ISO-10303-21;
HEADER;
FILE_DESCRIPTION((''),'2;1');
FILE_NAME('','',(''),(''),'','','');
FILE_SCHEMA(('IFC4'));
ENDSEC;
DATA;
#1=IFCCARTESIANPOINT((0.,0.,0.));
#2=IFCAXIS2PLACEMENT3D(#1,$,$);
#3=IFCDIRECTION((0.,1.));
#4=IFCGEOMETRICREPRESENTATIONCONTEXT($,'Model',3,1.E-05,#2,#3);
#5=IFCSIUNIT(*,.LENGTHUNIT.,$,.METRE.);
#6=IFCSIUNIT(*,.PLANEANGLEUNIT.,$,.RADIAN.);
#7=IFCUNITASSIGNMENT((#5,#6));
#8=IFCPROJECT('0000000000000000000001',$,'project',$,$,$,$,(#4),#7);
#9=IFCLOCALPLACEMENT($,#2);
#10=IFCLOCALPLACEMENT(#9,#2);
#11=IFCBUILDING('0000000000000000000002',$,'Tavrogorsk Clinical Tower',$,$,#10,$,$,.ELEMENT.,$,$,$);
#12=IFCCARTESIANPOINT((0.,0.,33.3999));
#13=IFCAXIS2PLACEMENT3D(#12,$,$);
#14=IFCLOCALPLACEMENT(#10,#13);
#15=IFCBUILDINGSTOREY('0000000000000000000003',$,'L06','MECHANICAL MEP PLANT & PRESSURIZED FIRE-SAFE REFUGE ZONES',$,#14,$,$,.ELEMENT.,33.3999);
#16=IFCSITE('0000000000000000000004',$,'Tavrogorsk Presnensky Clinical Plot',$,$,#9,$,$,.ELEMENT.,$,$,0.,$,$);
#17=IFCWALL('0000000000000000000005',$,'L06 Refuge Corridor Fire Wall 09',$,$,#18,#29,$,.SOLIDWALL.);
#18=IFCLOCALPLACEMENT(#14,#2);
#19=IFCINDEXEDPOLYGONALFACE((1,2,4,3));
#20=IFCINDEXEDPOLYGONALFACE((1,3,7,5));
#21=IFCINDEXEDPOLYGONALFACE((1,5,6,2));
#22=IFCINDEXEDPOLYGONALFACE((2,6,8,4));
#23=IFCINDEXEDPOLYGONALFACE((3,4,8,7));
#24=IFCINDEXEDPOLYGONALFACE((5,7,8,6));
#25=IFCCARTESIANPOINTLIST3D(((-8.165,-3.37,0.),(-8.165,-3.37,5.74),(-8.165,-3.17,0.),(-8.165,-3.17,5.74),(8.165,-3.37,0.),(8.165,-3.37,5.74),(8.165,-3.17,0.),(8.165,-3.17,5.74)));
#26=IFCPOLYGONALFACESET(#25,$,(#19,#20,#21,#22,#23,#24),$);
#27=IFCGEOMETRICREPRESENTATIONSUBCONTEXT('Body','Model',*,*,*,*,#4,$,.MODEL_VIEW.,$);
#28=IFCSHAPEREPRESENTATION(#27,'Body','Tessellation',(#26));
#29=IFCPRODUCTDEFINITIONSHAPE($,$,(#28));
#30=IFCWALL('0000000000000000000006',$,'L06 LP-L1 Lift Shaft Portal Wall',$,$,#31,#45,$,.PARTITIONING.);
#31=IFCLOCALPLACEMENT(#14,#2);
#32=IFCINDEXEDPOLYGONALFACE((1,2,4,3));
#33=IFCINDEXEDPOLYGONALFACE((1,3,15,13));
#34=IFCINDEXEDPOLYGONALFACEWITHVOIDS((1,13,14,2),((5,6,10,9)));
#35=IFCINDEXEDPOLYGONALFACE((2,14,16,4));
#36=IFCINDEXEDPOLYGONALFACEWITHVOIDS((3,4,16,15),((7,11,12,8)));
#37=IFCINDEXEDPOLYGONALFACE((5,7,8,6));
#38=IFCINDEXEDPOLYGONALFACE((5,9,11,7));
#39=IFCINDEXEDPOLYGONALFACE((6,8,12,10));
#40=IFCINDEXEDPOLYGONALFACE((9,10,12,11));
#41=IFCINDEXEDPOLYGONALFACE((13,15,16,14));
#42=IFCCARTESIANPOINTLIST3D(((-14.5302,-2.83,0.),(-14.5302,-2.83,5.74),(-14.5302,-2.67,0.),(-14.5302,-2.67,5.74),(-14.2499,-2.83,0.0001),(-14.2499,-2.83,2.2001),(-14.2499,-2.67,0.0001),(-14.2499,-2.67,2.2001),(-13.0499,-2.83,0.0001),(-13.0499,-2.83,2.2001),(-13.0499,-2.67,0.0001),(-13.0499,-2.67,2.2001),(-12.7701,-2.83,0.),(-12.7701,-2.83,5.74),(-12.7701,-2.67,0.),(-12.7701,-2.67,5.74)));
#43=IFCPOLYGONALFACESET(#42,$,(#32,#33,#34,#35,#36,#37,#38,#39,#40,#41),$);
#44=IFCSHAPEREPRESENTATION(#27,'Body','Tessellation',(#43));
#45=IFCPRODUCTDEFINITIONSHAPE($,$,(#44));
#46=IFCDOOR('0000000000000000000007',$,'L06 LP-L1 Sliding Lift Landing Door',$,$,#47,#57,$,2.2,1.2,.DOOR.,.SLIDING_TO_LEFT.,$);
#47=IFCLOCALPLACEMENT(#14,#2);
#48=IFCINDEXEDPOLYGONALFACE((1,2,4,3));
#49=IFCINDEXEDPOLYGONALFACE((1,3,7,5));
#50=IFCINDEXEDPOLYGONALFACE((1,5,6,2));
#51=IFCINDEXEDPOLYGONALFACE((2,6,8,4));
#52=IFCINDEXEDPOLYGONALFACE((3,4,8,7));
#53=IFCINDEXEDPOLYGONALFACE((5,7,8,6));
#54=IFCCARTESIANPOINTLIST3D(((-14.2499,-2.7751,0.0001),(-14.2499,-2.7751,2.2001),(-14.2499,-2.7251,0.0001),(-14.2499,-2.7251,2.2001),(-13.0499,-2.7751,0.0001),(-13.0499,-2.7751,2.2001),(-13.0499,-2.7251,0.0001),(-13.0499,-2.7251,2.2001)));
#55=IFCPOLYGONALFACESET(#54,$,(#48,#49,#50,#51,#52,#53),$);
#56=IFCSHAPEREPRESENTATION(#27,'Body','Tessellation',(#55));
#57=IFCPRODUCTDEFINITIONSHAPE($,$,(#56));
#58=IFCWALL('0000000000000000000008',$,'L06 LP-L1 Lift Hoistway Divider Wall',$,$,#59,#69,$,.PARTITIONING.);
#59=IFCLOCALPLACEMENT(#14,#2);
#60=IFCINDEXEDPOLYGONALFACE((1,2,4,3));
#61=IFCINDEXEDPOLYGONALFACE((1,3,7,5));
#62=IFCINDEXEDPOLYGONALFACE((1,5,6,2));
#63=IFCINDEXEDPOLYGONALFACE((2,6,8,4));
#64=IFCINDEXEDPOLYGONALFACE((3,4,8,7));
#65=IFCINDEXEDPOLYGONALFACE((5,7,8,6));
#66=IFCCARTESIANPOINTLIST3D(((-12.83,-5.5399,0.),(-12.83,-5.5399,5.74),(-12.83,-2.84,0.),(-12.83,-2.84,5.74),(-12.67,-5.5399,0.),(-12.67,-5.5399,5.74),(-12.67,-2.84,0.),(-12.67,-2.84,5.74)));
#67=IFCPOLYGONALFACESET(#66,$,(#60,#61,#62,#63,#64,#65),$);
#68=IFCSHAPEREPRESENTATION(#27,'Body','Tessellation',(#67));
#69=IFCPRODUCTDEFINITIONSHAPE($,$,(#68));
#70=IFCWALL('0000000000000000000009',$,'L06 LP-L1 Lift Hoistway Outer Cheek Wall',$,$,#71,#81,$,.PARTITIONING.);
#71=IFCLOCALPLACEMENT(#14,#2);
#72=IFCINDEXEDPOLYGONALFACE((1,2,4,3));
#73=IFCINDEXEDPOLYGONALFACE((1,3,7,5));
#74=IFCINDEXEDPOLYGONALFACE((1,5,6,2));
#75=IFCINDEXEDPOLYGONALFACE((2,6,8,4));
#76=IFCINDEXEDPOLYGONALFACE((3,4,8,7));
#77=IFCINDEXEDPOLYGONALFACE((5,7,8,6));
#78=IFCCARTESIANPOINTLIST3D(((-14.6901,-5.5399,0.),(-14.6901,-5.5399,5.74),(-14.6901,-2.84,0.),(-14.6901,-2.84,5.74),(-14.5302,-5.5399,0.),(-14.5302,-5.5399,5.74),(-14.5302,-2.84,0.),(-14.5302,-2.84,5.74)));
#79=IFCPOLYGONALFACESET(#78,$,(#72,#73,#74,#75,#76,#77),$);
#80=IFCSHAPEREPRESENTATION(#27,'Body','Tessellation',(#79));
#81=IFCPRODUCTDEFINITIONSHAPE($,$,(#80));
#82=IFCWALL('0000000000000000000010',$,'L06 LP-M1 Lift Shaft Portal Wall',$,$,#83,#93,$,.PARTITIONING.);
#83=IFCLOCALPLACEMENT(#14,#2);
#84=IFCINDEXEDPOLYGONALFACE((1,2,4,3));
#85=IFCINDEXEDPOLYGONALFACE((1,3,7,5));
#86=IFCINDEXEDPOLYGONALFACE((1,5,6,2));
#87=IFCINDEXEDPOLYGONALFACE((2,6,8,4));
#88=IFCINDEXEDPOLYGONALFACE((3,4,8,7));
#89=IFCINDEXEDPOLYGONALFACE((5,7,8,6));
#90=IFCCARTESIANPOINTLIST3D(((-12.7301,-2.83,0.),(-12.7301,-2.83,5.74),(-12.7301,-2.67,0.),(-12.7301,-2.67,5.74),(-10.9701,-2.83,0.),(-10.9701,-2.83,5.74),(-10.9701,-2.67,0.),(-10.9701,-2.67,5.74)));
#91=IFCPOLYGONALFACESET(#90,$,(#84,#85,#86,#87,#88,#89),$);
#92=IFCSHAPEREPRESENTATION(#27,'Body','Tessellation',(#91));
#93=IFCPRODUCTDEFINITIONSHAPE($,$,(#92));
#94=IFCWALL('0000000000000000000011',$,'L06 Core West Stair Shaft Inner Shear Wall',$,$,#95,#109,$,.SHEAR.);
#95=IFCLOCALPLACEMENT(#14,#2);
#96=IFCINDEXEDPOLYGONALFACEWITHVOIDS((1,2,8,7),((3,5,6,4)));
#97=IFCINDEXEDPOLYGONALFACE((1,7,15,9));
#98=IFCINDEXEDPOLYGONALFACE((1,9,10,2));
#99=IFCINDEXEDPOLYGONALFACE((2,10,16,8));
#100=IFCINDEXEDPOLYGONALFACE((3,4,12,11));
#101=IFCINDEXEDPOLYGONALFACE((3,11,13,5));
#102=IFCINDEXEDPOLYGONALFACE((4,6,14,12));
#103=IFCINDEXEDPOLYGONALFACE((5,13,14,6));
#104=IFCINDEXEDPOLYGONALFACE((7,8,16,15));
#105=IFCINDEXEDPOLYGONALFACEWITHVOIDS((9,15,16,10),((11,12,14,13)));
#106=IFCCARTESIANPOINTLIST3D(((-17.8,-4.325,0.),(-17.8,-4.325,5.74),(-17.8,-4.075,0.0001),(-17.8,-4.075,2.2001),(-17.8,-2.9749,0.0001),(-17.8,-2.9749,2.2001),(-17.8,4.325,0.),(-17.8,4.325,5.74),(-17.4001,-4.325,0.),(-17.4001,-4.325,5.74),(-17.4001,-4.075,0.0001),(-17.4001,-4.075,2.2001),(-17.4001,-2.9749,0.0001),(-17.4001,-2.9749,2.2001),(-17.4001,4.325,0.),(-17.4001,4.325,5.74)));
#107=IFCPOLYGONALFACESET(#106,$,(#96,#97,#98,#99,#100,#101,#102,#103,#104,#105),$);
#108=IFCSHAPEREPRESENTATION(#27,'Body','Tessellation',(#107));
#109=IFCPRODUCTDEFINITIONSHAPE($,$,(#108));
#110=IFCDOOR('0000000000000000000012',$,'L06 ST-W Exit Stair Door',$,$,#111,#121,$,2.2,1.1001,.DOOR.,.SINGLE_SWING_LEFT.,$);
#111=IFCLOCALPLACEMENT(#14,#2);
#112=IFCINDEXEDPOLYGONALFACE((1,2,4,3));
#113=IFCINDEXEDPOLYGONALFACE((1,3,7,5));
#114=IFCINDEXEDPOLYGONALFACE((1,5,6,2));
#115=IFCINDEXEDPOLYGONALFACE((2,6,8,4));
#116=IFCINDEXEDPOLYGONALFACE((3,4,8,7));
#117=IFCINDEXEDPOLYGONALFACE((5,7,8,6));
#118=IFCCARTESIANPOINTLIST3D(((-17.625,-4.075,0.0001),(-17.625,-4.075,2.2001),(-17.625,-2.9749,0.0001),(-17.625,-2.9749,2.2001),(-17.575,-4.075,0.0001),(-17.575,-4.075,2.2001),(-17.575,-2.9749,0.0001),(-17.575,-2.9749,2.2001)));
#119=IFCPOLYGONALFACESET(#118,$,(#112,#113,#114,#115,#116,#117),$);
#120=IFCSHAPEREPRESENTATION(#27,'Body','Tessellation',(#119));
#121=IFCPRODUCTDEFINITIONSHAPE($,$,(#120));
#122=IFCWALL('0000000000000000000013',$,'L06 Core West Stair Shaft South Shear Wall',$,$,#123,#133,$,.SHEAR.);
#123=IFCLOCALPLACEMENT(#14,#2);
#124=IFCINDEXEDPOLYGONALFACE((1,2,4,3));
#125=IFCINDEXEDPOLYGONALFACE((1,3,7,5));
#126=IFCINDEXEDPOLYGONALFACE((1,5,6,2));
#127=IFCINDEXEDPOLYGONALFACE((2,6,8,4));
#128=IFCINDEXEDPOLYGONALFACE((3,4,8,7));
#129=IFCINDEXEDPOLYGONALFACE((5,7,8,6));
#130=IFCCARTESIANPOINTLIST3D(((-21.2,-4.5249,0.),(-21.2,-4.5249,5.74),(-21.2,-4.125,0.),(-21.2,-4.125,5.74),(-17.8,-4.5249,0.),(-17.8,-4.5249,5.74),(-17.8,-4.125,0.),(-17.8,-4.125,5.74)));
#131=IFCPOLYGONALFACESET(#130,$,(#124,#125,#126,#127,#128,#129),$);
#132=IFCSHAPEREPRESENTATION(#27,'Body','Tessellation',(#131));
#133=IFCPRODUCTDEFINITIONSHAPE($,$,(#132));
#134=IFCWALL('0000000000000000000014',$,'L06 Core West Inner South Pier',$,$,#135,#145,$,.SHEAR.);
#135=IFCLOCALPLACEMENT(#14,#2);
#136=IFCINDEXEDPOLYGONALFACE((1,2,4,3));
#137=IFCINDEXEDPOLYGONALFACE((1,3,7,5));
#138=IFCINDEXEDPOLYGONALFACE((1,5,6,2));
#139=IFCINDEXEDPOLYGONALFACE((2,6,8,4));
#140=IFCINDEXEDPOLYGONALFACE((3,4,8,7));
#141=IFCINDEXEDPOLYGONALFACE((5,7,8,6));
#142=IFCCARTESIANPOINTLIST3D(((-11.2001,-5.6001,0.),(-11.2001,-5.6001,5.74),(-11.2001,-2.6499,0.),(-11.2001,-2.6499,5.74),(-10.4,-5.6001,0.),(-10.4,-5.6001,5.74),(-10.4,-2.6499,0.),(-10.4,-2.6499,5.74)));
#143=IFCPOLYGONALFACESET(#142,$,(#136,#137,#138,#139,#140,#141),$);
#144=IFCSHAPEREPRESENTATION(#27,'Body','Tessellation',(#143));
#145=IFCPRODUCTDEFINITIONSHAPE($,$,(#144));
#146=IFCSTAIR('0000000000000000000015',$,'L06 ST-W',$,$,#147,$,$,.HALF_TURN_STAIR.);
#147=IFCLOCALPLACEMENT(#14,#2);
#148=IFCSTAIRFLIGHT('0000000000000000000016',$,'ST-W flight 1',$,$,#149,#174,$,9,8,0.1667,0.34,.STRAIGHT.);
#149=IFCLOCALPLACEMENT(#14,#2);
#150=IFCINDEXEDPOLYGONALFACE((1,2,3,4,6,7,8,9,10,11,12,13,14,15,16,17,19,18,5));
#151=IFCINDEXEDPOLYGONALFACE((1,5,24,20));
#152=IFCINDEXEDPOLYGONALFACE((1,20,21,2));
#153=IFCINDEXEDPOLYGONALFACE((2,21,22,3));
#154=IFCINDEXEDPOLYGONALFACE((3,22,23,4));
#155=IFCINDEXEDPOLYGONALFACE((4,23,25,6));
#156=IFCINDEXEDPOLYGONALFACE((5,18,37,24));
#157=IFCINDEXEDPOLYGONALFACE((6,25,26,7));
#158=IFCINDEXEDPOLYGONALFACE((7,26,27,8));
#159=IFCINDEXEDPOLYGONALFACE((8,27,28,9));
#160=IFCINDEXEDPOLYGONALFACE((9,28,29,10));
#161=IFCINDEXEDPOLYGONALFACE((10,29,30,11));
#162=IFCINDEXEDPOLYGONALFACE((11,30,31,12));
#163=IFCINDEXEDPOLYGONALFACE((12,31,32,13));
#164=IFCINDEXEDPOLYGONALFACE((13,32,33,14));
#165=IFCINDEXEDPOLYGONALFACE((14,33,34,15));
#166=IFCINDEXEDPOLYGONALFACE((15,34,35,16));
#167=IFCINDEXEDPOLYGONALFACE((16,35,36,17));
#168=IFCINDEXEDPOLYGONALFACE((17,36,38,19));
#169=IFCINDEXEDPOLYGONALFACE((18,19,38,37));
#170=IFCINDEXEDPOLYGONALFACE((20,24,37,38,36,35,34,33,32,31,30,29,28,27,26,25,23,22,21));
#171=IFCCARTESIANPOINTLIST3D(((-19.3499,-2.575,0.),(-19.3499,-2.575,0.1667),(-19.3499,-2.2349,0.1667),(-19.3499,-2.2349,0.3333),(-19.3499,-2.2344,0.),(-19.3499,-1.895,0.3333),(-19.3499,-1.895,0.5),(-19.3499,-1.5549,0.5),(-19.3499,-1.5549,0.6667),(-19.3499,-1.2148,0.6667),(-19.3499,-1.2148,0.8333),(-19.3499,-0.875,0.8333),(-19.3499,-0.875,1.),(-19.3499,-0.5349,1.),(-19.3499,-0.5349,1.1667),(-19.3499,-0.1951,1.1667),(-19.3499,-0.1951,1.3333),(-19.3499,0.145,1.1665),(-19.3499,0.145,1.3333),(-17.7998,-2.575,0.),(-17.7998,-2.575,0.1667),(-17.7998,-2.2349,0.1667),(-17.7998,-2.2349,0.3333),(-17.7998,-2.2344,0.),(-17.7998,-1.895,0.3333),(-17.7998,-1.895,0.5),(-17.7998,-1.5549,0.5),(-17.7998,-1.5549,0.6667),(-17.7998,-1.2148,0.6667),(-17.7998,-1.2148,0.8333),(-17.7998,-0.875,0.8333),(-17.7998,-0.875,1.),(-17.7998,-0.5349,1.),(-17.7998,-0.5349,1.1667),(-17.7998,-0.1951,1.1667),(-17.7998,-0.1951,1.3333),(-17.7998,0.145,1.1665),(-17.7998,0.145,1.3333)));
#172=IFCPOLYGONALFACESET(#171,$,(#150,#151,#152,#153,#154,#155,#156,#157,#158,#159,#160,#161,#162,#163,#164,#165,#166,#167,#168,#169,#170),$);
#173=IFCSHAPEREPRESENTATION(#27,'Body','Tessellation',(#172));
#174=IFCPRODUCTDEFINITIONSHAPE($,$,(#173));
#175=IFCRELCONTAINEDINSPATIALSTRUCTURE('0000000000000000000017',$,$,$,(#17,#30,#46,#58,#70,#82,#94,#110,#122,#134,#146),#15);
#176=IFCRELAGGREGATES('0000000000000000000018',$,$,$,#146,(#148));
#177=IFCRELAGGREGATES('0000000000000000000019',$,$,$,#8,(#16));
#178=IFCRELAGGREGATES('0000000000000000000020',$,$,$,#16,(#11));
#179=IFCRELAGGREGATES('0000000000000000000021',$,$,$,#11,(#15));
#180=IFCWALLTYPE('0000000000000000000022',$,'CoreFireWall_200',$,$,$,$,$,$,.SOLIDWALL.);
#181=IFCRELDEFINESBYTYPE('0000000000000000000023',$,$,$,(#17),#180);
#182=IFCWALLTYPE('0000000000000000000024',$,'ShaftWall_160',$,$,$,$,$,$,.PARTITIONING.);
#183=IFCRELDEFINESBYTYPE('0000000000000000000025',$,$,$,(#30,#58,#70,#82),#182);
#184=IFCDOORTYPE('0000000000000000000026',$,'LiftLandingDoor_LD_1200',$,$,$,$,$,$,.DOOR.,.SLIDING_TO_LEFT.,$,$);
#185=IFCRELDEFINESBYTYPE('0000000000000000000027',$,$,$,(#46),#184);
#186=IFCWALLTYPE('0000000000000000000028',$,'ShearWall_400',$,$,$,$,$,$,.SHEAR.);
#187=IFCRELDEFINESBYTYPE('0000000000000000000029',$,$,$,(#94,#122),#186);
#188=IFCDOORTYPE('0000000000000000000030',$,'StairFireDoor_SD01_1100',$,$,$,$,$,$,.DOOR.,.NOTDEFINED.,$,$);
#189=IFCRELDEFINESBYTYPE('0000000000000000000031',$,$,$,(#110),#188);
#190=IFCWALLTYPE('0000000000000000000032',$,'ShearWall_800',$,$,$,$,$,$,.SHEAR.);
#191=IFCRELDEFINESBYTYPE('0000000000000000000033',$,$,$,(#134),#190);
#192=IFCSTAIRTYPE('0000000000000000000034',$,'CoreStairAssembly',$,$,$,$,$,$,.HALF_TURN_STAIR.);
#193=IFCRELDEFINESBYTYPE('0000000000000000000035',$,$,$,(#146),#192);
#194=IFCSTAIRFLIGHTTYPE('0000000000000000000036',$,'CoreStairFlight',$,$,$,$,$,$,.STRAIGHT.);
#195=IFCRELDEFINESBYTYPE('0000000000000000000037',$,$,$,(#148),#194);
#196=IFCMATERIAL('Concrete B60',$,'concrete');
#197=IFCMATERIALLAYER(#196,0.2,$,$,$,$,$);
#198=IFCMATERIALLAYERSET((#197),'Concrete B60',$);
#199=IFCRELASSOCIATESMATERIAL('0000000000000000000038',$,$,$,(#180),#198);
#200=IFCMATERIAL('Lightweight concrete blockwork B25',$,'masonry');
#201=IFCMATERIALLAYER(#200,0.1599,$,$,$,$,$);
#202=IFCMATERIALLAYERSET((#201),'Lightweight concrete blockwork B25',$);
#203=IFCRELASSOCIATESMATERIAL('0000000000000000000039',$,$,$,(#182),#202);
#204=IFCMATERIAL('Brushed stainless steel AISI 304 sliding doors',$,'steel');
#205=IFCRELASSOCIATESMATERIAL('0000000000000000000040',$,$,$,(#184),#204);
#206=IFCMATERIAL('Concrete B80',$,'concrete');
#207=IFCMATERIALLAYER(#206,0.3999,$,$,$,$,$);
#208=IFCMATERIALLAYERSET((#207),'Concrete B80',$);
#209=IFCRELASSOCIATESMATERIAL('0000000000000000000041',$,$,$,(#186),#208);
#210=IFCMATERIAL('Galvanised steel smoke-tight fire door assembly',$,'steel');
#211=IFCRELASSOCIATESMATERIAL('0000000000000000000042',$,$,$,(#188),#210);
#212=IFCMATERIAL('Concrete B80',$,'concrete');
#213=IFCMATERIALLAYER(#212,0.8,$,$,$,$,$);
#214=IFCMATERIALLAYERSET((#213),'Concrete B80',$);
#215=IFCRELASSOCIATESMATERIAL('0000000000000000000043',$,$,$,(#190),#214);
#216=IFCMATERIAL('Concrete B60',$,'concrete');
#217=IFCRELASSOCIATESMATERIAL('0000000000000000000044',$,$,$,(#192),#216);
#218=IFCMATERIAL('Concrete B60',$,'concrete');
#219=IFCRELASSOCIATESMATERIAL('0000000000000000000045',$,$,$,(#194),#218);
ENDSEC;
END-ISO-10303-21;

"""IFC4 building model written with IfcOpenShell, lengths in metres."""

from ifc_helpers import new_model, si_unit, direction, frame, frame_2d, origin, place, context, subcontext, project, spatial, polyline, rectangle, outline, extrude, material, layer, layer_set, type_object, element, fill, aggregate, save


model = new_model("IFC4")

# Units and contexts
model_context = context("Model", 3, precision=1e-05, world=origin(), true_north=direction((0.0, 1.0)))
body_context = subcontext(model_context, "Body", "Model", "MODEL_VIEW")
ifc_project = project(units=[si_unit("LENGTHUNIT", "METRE"), si_unit("PLANEANGLEUNIT", "RADIAN")], contexts=[model_context])

# Site, building, storey
site_placement = place(None, origin())
site = spatial("IfcSite", under=ifc_project, at=site_placement, Name="Tavrogorsk Presnensky Clinical Plot", CompositionType="ELEMENT", RefElevation=0.0)
building_placement = place(site_placement, origin())
building = spatial("IfcBuilding", under=site, at=building_placement, Name="Tavrogorsk Clinical Tower", CompositionType="ELEMENT")
storey_placement = place(building_placement, frame((0.0, 0.0, 33.3999)))
storey = spatial("IfcBuildingStorey", under=building, at=storey_placement, Name="L06", Description="MECHANICAL MEP PLANT & PRESSURIZED FIRE-SAFE REFUGE ZONES", CompositionType="ELEMENT", Elevation=33.3999)

# Shared definitions
ifc_material_1 = material(Name="Concrete B60", Category="concrete")
ifc_layer_1 = layer(ifc_material_1, 0.2)
ifc_layer_set_1 = layer_set([ifc_layer_1], Name="Concrete B60")
wall_type_1 = type_object("IfcWallType", Name="CoreFireWall_200", PredefinedType="SOLIDWALL", material=ifc_layer_set_1)

# Wall
wall_1_placement = place(storey_placement, frame((-8.165, -3.27, 0.0), z_axis=(0.0, 0.0, 1.0), x_axis=(1.0, 0.0, 0.0)))
element("IfcWall", 1, at=wall_1_placement, inside=storey, type_object=wall_type_1, Name="L06 Refuge Corridor Fire Wall 09", PredefinedType="SOLIDWALL", context=body_context, shape_type="SweptSolid", body=[
    extrude(rectangle(XDim=16.3301, YDim=0.2, at=frame_2d((8.165, 0.0))), origin(), (0.0, 0.0, 1.0), 5.74),
])

# Wall, opening, door
ifc_material_2 = material(Name="Lightweight concrete blockwork B25", Category="masonry")
ifc_layer_2 = layer(ifc_material_2, 0.1599)
ifc_layer_set_2 = layer_set([ifc_layer_2], Name="Lightweight concrete blockwork B25")
wall_type_2 = type_object("IfcWallType", Name="ShaftWall_160", PredefinedType="PARTITIONING", material=ifc_layer_set_2)
wall_2_placement = place(storey_placement, frame((-14.53, -2.75, 0.0), z_axis=(0.0, 0.0, 1.0), x_axis=(1.0, 0.0, 0.0)))
wall_2 = element("IfcWall", 2, at=wall_2_placement, inside=storey, type_object=wall_type_2, Name="L06 LP-L1 Lift Shaft Portal Wall", PredefinedType="PARTITIONING", context=body_context, shape_type="SweptSolid", body=[
    extrude(rectangle(XDim=1.76, YDim=0.1599, at=frame_2d((0.8799, 0.0))), origin(), (0.0, 0.0, 1.0), 5.74),
])
opening_1_placement = place(wall_2_placement, frame((0.28, 0.0, 0.0)))
opening_1 = element("IfcOpeningElement", 3, at=opening_1_placement, cuts=wall_2, PredefinedType="OPENING", context=body_context, shape_type="SweptSolid", body=[
    extrude(rectangle(XDim=1.2, YDim=2.2, at=frame_2d((0.6001, 1.1001))), frame((0.0, 0.0898, 0.0), z_axis=(0.0, -1.0, 0.0), x_axis=(1.0, 0.0, 0.0)), (0.0, 0.0, 1.0), 0.1799),
])
ifc_material_3 = material(Name="Brushed stainless steel AISI 304 sliding doors", Category="steel")
door_type_1 = type_object("IfcDoorType", Name="LiftLandingDoor_LD_1200", OperationType="SLIDING_TO_LEFT", PredefinedType="DOOR", material=ifc_material_3)
door_1_placement = place(opening_1_placement, origin())
door_1 = element("IfcDoor", 4, at=door_1_placement, inside=storey, type_object=door_type_1, Name="L06 LP-L1 Sliding Lift Landing Door", OperationType="SLIDING_TO_LEFT", OverallHeight=2.2, OverallWidth=1.2, PredefinedType="DOOR", context=body_context, shape_type="SweptSolid", body=[
    extrude(rectangle(XDim=1.2, YDim=2.2, at=frame_2d((0.6001, 1.1001))), frame((0.0, 0.0249, 0.0), z_axis=(0.0, -1.0, 0.0), x_axis=(1.0, 0.0, 0.0)), (0.0, 0.0, 1.0), 0.05),
])
fill(opening_1, door_1)

# Walls
for number, where, z_axis, x_axis, name in (
    (5, (-12.75, -5.54, 0.0), (0.0, 0.0, 1.0), (0.0, 1.0, 0.0), "L06 LP-L1 Lift Hoistway Divider Wall"),
    (6, (-14.6101, -5.54, 0.0), (0.0, 0.0, 1.0), (0.0, 1.0, 0.0), "L06 LP-L1 Lift Hoistway Outer Cheek Wall"),
):
    element("IfcWall", number, at=place(storey_placement, frame(where, z_axis=z_axis, x_axis=x_axis)), inside=storey, type_object=wall_type_2, Name=name, PredefinedType="PARTITIONING", context=body_context, shape_type="SweptSolid", body=[
        extrude(rectangle(XDim=2.7, YDim=0.1599, at=frame_2d((1.3501, 0.0))), origin(), (0.0, 0.0, 1.0), 5.74),
    ])
wall_3_placement = place(storey_placement, frame((-12.73, -2.75, 0.0), z_axis=(0.0, 0.0, 1.0), x_axis=(1.0, 0.0, 0.0)))
element("IfcWall", 7, at=wall_3_placement, inside=storey, type_object=wall_type_2, Name="L06 LP-M1 Lift Shaft Portal Wall", PredefinedType="PARTITIONING", context=body_context, shape_type="SweptSolid", body=[
    extrude(rectangle(XDim=1.76, YDim=0.1599, at=frame_2d((0.8799, 0.0))), origin(), (0.0, 0.0, 1.0), 5.74),
])

# Wall, opening, door
ifc_material_4 = material(Name="Concrete B80", Category="concrete")
ifc_layer_3 = layer(ifc_material_4, 0.3999)
ifc_layer_set_3 = layer_set([ifc_layer_3], Name="Concrete B80")
wall_type_3 = type_object("IfcWallType", Name="ShearWall_400", PredefinedType="SHEAR", material=ifc_layer_set_3)
wall_4_placement = place(storey_placement, frame((-17.6001, -4.325, 0.0), z_axis=(0.0, 0.0, 1.0), x_axis=(0.0, 1.0, 0.0)))
wall_4 = element("IfcWall", 8, at=wall_4_placement, inside=storey, type_object=wall_type_3, Name="L06 Core West Stair Shaft Inner Shear Wall", PredefinedType="SHEAR", context=body_context, shape_type="SweptSolid", body=[
    extrude(rectangle(XDim=8.6499, YDim=0.3999, at=frame_2d((4.325, 0.0))), origin(), (0.0, 0.0, 1.0), 5.74),
])
opening_2_placement = place(wall_4_placement, frame((0.25, 0.0, 0.0)))
opening_2 = element("IfcOpeningElement", 9, at=opening_2_placement, cuts=wall_4, PredefinedType="OPENING", context=body_context, shape_type="SweptSolid", body=[
    extrude(rectangle(XDim=1.1001, YDim=2.2, at=frame_2d((0.55, 1.1001))), frame((0.0, 0.21, 0.0), z_axis=(0.0, -1.0, 0.0), x_axis=(1.0, 0.0, 0.0)), (0.0, 0.0, 1.0), 0.4199),
])
ifc_material_5 = material(Name="Galvanised steel smoke-tight fire door assembly", Category="steel")
door_type_2 = type_object("IfcDoorType", Name="StairFireDoor_SD01_1100", OperationType="NOTDEFINED", PredefinedType="DOOR", material=ifc_material_5)
door_2_placement = place(opening_2_placement, origin())
door_2 = element("IfcDoor", 10, at=door_2_placement, inside=storey, type_object=door_type_2, Name="L06 ST-W Exit Stair Door", OperationType="SINGLE_SWING_LEFT", OverallHeight=2.2, OverallWidth=1.1001, PredefinedType="DOOR", context=body_context, shape_type="SweptSolid", body=[
    extrude(rectangle(XDim=1.1001, YDim=2.2, at=frame_2d((0.55, 1.1001))), frame((0.0, 0.0249, 0.0), z_axis=(0.0, -1.0, 0.0), x_axis=(1.0, 0.0, 0.0)), (0.0, 0.0, 1.0), 0.05),
])
fill(opening_2, door_2)

# Walls
wall_5_placement = place(storey_placement, frame((-21.2, -4.325, 0.0), z_axis=(0.0, 0.0, 1.0), x_axis=(1.0, 0.0, 0.0)))
element("IfcWall", 11, at=wall_5_placement, inside=storey, type_object=wall_type_3, Name="L06 Core West Stair Shaft South Shear Wall", PredefinedType="SHEAR", context=body_context, shape_type="SweptSolid", body=[
    extrude(rectangle(XDim=3.3999, YDim=0.3999, at=frame_2d((1.7, 0.0))), origin(), (0.0, 0.0, 1.0), 5.74),
])
ifc_material_6 = material(Name="Concrete B80", Category="concrete")
ifc_layer_4 = layer(ifc_material_6, 0.8)
ifc_layer_set_4 = layer_set([ifc_layer_4], Name="Concrete B80")
wall_type_4 = type_object("IfcWallType", Name="ShearWall_800", PredefinedType="SHEAR", material=ifc_layer_set_4)
wall_6_placement = place(storey_placement, frame((-10.8, -5.6001, 0.0), z_axis=(0.0, 0.0, 1.0), x_axis=(0.0, 1.0, 0.0)))
element("IfcWall", 12, at=wall_6_placement, inside=storey, type_object=wall_type_4, Name="L06 Core West Inner South Pier", PredefinedType="SHEAR", context=body_context, shape_type="SweptSolid", body=[
    extrude(rectangle(XDim=2.9502, YDim=0.8, at=frame_2d((1.4751, 0.0))), origin(), (0.0, 0.0, 1.0), 5.74),
])

# Stair, stair flight
ifc_material_7 = material(Name="Concrete B60", Category="concrete")
stair_type = type_object("IfcStairType", Name="CoreStairAssembly", PredefinedType="HALF_TURN_STAIR", material=ifc_material_7)
stair_placement = place(storey_placement, origin())
stair = element("IfcStair", 13, at=stair_placement, inside=storey, type_object=stair_type, Name="L06 ST-W", PredefinedType="HALF_TURN_STAIR")
ifc_material_8 = material(Name="Concrete B60", Category="concrete")
stair_flight_type = type_object("IfcStairFlightType", Name="CoreStairFlight", PredefinedType="STRAIGHT", material=ifc_material_8)
stair_flight_1_placement = place(storey_placement, frame((-18.575, -2.575, 0.0), z_axis=(0.0, 0.0, 1.0), x_axis=(0.0, 1.0, 0.0)))
stair_flight_1 = element("IfcStairFlight", 14, at=stair_flight_1_placement, type_object=stair_flight_type, Name="ST-W flight 1", NumberOfRisers=9, NumberOfTreads=8, PredefinedType="STRAIGHT", RiserHeight=0.1667, TreadLength=0.34, context=body_context, shape_type="SweptSolid", body=[
    extrude(outline(polyline([(0.0, 0.0), (0.0, 0.1667), (0.3401, 0.1667), (0.3401, 0.3333), (0.6799, 0.3333), (0.6799, 0.5), (1.02, 0.5), (1.02, 0.6667), (1.3601, 0.6667), (1.3601, 0.8333), (1.7, 0.8333), (1.7, 1.0), (2.04, 1.0), (2.04, 1.1667), (2.3799, 1.1667), (2.3799, 1.3333), (2.72, 1.3333), (2.72, 1.5), (2.72, 1.1665), (0.3406, 0.0), (0.0, 0.0)])), frame((0.0, 0.7749, 0.0), z_axis=(0.0, -1.0, 0.0), x_axis=(1.0, 0.0, 0.0)), (0.0, 0.0, 1.0), 1.55),
])
aggregate(stair, [stair_flight_1])

save(model, "model.ifc")
